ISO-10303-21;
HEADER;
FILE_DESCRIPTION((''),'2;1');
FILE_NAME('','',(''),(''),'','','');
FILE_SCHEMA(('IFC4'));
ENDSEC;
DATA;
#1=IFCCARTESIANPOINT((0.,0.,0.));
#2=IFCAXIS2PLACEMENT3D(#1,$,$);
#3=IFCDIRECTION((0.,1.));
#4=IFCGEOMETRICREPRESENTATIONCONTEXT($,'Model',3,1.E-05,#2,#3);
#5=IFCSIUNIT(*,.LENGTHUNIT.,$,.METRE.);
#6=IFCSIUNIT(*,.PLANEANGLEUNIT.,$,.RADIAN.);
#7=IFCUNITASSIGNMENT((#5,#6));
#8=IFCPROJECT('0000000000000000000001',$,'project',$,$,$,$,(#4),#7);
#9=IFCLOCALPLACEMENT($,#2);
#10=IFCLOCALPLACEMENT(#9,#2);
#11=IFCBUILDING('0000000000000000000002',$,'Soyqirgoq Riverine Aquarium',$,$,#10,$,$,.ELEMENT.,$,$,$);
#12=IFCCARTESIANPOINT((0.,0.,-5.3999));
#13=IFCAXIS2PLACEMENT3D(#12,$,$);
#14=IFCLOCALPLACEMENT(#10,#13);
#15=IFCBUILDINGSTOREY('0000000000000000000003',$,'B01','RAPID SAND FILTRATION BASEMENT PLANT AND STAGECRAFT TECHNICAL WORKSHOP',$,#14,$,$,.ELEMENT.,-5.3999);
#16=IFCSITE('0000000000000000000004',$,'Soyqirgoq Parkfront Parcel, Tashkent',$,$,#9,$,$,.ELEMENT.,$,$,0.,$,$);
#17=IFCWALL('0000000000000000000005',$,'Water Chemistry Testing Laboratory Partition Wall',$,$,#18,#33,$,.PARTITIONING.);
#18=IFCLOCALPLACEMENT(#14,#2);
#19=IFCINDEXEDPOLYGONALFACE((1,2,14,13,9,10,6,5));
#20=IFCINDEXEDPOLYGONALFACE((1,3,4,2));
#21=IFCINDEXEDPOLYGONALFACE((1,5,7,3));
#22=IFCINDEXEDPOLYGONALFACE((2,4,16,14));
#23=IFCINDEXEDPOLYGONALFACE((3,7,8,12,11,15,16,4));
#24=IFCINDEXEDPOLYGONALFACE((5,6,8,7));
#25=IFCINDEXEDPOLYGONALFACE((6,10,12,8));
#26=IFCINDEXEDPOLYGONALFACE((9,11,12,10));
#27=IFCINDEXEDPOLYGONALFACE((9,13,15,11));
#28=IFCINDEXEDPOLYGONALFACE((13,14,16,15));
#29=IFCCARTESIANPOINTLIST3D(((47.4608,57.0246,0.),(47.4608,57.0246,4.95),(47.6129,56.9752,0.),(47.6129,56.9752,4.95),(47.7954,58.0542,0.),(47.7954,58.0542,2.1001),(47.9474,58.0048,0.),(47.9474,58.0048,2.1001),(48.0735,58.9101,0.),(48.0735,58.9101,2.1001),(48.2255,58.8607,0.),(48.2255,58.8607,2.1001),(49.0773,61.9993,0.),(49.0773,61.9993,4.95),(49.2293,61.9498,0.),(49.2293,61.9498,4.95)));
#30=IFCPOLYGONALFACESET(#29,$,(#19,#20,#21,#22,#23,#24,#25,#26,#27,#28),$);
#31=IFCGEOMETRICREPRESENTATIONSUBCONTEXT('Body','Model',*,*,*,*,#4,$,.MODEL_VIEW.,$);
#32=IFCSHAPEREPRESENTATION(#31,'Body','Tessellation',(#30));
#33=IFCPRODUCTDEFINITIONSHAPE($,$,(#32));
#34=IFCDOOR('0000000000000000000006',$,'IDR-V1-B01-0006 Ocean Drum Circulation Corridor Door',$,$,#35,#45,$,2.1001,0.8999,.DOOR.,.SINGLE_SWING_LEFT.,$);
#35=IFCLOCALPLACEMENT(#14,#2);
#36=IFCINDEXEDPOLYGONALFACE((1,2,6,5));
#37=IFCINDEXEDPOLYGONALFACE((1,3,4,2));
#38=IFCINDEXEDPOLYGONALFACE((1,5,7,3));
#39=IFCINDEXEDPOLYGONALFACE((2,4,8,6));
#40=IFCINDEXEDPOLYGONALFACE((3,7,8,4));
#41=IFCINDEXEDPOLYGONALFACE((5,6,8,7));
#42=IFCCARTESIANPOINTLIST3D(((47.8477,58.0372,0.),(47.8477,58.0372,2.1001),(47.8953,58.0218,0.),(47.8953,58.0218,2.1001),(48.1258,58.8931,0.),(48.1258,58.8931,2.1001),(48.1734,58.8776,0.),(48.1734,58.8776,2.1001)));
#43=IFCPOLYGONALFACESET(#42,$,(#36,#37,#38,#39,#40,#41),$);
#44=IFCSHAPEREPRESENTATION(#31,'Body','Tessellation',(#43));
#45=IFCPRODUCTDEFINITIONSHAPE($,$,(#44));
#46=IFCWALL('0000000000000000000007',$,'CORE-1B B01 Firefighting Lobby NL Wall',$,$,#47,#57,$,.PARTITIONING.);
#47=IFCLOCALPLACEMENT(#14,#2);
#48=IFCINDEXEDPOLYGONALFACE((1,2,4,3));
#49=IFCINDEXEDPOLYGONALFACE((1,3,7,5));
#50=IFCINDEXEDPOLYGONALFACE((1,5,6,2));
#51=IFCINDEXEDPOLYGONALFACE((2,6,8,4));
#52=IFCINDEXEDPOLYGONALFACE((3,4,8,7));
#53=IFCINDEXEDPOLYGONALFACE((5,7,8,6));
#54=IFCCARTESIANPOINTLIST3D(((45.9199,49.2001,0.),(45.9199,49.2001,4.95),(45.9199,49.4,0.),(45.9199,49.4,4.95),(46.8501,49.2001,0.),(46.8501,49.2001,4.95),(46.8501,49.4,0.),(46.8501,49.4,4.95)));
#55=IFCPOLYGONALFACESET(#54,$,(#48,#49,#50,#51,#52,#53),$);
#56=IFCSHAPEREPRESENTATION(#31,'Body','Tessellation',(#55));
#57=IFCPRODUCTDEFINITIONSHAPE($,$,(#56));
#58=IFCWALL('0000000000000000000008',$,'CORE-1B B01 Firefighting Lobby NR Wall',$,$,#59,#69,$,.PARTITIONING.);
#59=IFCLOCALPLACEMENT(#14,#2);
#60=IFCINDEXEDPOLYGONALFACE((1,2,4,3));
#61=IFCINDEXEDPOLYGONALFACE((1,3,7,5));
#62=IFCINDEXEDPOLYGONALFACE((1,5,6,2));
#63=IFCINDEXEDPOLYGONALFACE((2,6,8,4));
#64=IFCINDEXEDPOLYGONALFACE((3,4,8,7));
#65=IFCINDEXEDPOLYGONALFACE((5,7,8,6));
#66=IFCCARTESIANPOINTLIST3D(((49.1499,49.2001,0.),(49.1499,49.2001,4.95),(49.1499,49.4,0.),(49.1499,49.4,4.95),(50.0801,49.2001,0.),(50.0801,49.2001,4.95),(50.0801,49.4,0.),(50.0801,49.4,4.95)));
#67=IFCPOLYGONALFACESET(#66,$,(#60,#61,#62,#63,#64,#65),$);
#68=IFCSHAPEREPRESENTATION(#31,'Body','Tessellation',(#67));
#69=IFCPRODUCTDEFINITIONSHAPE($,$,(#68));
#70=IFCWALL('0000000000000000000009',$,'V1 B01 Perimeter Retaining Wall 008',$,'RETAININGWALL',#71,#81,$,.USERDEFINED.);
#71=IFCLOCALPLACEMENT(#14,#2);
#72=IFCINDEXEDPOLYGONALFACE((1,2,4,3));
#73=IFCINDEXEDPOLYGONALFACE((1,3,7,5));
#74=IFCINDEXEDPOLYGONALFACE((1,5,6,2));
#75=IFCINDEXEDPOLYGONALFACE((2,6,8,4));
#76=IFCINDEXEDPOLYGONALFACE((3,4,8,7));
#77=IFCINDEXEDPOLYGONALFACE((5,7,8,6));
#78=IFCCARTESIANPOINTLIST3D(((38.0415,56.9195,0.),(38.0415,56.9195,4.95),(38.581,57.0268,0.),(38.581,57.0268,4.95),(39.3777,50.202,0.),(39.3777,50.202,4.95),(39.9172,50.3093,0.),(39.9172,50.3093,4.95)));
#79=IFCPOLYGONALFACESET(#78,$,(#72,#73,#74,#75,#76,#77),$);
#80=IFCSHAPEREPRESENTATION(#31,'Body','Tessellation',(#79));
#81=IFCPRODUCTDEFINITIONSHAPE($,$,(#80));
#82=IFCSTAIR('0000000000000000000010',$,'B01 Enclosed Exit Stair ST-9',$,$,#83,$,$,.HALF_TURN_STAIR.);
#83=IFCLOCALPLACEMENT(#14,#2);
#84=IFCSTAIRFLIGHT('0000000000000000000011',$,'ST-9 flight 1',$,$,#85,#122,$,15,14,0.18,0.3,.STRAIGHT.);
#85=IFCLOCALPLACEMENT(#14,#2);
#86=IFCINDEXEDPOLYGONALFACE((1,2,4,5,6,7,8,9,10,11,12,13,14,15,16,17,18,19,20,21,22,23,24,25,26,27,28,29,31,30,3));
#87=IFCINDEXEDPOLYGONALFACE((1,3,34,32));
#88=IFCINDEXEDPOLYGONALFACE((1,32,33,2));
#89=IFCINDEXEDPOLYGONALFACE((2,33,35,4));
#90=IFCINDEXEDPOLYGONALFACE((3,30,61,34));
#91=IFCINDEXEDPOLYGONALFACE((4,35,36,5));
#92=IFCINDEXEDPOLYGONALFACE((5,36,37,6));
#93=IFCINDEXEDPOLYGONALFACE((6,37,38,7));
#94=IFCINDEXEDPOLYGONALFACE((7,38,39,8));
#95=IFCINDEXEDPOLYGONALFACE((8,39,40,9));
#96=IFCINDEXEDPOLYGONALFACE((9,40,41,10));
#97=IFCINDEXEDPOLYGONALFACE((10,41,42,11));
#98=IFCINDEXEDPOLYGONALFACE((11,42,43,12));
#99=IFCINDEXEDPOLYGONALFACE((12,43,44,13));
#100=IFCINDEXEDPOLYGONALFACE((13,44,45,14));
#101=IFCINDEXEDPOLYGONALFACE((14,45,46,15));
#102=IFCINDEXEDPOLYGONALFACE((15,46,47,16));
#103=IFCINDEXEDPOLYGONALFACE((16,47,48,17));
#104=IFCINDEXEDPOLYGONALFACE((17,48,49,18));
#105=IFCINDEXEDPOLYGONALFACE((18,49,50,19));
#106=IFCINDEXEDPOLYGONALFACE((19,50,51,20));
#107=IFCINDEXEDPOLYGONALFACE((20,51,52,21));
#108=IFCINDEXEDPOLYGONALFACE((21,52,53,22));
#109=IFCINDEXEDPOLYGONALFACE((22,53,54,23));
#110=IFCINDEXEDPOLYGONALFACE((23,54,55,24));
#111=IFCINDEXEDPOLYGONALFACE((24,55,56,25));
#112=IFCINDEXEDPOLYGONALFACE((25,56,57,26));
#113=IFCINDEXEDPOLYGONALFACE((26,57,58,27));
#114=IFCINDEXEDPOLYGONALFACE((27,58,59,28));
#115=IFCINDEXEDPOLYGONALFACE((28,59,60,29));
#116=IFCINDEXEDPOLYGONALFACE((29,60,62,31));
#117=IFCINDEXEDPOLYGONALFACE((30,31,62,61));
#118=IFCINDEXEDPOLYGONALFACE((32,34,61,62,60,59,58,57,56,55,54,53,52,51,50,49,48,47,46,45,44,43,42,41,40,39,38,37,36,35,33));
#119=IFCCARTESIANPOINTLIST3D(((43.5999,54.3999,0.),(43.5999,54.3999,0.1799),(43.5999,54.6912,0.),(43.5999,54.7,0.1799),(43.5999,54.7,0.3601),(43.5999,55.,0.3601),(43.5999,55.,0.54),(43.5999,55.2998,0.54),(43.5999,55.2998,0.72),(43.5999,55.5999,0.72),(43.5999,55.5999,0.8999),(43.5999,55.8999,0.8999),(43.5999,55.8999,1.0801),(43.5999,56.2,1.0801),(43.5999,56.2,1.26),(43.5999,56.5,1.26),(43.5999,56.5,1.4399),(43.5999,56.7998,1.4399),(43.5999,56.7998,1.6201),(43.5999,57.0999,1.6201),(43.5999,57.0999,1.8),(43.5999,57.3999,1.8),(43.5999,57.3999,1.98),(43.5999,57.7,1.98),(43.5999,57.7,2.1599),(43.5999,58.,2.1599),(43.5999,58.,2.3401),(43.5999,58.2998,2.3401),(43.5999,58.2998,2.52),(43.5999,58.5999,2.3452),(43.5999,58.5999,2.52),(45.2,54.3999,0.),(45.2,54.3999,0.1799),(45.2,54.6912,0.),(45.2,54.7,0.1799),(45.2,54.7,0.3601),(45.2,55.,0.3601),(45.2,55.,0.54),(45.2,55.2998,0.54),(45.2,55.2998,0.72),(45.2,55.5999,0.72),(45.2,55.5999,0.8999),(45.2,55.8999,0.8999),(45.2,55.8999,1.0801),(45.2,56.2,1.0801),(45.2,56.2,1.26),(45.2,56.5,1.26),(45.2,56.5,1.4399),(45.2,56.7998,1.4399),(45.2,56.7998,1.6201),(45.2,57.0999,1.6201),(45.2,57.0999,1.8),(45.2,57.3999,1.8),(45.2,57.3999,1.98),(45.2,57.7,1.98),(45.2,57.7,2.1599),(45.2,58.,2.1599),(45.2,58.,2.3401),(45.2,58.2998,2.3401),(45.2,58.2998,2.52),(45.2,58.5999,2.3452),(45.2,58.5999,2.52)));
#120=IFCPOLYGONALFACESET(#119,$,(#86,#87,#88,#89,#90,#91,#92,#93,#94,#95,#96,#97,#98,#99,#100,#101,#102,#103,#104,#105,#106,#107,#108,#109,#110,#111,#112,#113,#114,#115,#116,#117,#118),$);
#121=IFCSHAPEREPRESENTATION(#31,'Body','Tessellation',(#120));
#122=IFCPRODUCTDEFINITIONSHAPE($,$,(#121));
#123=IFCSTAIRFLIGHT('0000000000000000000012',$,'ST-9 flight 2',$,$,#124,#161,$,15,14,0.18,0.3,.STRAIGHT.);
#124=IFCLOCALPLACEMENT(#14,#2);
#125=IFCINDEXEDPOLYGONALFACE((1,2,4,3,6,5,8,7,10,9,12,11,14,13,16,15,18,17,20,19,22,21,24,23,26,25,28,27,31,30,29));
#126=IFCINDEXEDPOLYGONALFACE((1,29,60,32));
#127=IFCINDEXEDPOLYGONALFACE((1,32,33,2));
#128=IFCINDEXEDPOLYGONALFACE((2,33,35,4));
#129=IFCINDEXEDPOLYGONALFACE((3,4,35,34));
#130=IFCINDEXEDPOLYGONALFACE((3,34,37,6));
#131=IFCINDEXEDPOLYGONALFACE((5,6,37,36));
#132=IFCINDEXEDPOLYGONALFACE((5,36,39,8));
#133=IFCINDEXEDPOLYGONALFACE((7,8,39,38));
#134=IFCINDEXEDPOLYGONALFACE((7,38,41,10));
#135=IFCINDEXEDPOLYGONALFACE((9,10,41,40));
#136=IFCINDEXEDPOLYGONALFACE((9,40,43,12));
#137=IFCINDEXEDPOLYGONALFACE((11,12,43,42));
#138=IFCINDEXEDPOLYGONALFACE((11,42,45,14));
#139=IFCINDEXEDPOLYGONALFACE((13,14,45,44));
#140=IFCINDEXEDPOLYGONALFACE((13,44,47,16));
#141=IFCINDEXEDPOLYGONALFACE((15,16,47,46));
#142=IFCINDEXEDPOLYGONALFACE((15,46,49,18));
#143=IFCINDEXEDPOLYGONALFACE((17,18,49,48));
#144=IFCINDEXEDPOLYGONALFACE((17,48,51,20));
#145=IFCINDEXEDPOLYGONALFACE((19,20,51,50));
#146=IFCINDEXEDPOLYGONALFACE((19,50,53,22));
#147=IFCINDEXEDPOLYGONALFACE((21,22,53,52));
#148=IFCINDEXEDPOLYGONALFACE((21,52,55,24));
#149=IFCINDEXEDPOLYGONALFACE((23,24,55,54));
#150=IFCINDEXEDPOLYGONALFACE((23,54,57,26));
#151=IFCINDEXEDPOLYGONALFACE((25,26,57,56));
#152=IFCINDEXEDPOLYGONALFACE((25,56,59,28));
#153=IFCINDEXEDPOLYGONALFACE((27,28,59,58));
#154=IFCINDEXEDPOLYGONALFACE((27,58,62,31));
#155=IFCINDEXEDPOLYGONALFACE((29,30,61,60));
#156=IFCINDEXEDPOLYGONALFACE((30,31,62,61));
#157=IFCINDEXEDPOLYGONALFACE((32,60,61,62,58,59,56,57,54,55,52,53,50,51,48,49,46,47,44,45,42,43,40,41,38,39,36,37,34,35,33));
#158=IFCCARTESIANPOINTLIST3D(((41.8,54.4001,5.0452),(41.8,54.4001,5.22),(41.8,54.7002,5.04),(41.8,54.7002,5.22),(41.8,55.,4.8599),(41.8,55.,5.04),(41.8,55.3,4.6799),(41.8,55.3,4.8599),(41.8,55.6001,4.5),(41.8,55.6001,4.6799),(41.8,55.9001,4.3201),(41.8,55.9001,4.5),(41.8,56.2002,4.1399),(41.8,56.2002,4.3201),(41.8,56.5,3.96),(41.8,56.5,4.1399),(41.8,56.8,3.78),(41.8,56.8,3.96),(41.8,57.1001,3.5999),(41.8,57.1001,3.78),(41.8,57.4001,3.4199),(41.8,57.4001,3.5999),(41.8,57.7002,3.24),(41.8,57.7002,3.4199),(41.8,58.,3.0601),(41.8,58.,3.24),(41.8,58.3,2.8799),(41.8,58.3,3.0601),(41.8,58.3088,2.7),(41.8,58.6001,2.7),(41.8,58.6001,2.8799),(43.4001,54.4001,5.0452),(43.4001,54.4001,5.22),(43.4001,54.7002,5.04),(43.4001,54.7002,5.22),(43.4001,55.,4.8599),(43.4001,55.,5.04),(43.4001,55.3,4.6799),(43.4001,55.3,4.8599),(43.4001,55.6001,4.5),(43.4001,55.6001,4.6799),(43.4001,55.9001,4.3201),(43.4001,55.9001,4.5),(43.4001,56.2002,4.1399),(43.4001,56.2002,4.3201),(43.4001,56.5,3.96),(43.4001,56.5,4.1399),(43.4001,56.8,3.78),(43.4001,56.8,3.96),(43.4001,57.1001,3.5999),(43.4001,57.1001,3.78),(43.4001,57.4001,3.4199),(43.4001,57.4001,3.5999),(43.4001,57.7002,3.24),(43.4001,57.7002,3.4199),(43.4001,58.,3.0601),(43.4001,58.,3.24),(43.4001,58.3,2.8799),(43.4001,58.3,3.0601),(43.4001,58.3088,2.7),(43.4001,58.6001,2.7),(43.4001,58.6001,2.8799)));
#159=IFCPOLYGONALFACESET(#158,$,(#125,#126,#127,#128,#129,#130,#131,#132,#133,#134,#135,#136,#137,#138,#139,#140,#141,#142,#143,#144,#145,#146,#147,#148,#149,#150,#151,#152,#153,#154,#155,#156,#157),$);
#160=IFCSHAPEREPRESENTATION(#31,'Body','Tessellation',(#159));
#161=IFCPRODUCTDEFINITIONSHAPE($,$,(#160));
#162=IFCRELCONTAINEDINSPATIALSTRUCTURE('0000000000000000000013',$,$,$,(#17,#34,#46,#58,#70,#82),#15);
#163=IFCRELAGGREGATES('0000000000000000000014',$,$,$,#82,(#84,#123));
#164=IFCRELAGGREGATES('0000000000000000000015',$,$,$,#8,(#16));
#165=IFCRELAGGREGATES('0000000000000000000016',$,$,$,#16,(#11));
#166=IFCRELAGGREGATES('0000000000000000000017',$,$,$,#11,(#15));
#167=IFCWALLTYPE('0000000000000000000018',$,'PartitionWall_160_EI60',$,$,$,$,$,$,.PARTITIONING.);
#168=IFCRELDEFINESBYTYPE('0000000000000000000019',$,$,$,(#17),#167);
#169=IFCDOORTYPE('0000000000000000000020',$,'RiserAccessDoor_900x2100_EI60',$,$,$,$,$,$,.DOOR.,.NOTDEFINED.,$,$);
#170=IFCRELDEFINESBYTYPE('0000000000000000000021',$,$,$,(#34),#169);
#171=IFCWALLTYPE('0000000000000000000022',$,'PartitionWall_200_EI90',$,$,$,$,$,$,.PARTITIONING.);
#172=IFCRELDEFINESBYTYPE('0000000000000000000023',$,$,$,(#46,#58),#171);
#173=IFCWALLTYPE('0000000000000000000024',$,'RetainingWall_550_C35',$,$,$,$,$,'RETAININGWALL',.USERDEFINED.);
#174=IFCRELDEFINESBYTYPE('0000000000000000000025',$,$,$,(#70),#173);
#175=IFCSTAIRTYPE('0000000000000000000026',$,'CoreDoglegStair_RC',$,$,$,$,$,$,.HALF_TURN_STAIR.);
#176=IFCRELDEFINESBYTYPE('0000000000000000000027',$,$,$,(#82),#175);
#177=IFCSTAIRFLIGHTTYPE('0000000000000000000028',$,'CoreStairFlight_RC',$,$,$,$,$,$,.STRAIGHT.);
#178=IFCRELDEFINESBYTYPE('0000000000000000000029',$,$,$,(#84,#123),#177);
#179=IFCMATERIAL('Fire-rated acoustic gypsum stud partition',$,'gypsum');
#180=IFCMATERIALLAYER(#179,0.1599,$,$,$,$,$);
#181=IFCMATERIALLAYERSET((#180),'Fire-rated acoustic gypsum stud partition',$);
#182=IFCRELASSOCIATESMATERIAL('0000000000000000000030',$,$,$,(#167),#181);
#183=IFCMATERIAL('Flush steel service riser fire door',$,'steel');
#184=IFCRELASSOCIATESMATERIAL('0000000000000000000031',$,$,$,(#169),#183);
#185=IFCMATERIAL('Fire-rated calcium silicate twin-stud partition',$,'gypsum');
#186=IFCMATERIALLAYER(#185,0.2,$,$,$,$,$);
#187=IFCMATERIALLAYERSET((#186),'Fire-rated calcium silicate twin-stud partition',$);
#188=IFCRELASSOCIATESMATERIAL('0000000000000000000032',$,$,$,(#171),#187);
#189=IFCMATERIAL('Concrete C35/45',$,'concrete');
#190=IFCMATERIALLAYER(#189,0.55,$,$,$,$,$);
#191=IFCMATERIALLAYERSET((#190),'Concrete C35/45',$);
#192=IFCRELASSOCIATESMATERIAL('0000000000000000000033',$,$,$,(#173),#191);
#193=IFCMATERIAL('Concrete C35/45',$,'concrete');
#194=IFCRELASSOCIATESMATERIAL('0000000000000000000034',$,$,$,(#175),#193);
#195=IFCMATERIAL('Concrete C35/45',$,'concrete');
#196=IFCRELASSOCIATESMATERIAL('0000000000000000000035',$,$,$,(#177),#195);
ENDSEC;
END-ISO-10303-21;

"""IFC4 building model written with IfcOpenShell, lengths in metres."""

from ifc_helpers import new_model, si_unit, direction, frame, frame_2d, origin, place, context, subcontext, project, spatial, polyline, rectangle, outline, extrude, material, layer, layer_set, type_object, element, fill, aggregate, save


model = new_model("IFC4")

# Units and contexts
model_context = context("Model", 3, precision=1e-05, world=origin(), true_north=direction((0.0, 1.0)))
body_context = subcontext(model_context, "Body", "Model", "MODEL_VIEW")
ifc_project = project(units=[si_unit("LENGTHUNIT", "METRE"), si_unit("PLANEANGLEUNIT", "RADIAN")], contexts=[model_context])

# Site, building, storey
site_placement = place(None, origin())
site = spatial("IfcSite", under=ifc_project, at=site_placement, Name="Soyqirgoq Parkfront Parcel, Tashkent", CompositionType="ELEMENT", RefElevation=0.0)
building_placement = place(site_placement, origin())
building = spatial("IfcBuilding", under=site, at=building_placement, Name="Soyqirgoq Riverine Aquarium", CompositionType="ELEMENT")
storey_placement = place(building_placement, frame((0.0, 0.0, -5.3999)))
storey = spatial("IfcBuildingStorey", under=building, at=storey_placement, Name="B01", Description="RAPID SAND FILTRATION BASEMENT PLANT AND STAGECRAFT TECHNICAL WORKSHOP", CompositionType="ELEMENT", Elevation=-5.3999)

# Wall, opening, door
ifc_material_1 = material(Name="Fire-rated acoustic gypsum stud partition", Category="gypsum")
ifc_layer_1 = layer(ifc_material_1, 0.1599)
ifc_layer_set_1 = layer_set([ifc_layer_1], Name="Fire-rated acoustic gypsum stud partition")
wall_type_1 = type_object("IfcWallType", Name="PartitionWall_160_EI60", PredefinedType="PARTITIONING", material=ifc_layer_set_1)
wall_1_placement = place(storey_placement, frame((47.5369, 57.0, 0.0), z_axis=(0.0, 0.0, 1.0), x_axis=(0.309035, 0.951051, 0.0)))
wall_1 = element("IfcWall", 1, at=wall_1_placement, inside=storey, type_object=wall_type_1, Name="Water Chemistry Testing Laboratory Partition Wall", PredefinedType="PARTITIONING", context=body_context, shape_type="SweptSolid", body=[
    extrude(rectangle(XDim=5.2307, YDim=0.1599, at=frame_2d((2.6152, 0.0))), origin(), (0.0, 0.0, 1.0), 4.95),
])
opening_1_placement = place(wall_1_placement, frame((1.0825, 0.0, 0.0)))
opening_1 = element("IfcOpeningElement", 2, at=opening_1_placement, cuts=wall_1, PredefinedType="OPENING", context=body_context, shape_type="SweptSolid", body=[
    extrude(rectangle(XDim=0.8999, YDim=2.1001, at=frame_2d((0.45, 1.05))), frame((0.0, 0.0898, 0.0), z_axis=(0.0, -1.0, 0.0), x_axis=(1.0, 0.0, 0.0)), (0.0, 0.0, 1.0), 0.1799),
])
ifc_material_2 = material(Name="Flush steel service riser fire door", Category="steel")
door_type_1 = type_object("IfcDoorType", Name="RiserAccessDoor_900x2100_EI60", OperationType="NOTDEFINED", PredefinedType="DOOR", material=ifc_material_2)
door_1_placement = place(opening_1_placement, origin())
door_1 = element("IfcDoor", 3, at=door_1_placement, inside=storey, type_object=door_type_1, Name="IDR-V1-B01-0006 Ocean Drum Circulation Corridor Door", OperationType="SINGLE_SWING_LEFT", OverallHeight=2.1001, OverallWidth=0.8999, PredefinedType="DOOR", context=body_context, shape_type="SweptSolid", body=[
    extrude(rectangle(XDim=0.8999, YDim=2.1001, at=frame_2d((0.45, 1.05))), frame((0.0, 0.0249, 0.0), z_axis=(0.0, -1.0, 0.0), x_axis=(1.0, 0.0, 0.0)), (0.0, 0.0, 1.0), 0.05),
])
fill(opening_1, door_1)

# Walls
ifc_material_3 = material(Name="Fire-rated calcium silicate twin-stud partition", Category="gypsum")
ifc_layer_2 = layer(ifc_material_3, 0.2)
ifc_layer_set_2 = layer_set([ifc_layer_2], Name="Fire-rated calcium silicate twin-stud partition")
wall_type_2 = type_object("IfcWallType", Name="PartitionWall_200_EI90", PredefinedType="PARTITIONING", material=ifc_layer_set_2)
for number, where, z_axis, x_axis, name in (
    (4, (45.9199, 49.3, 0.0), (0.0, 0.0, 1.0), (1.0, 0.0, 0.0), "CORE-1B B01 Firefighting Lobby NL Wall"),
    (5, (49.1499, 49.3, 0.0), (0.0, 0.0, 1.0), (1.0, 0.0, 0.0), "CORE-1B B01 Firefighting Lobby NR Wall"),
):
    element("IfcWall", number, at=place(storey_placement, frame(where, z_axis=z_axis, x_axis=x_axis)), inside=storey, type_object=wall_type_2, Name=name, PredefinedType="PARTITIONING", context=body_context, shape_type="SweptSolid", body=[
        extrude(rectangle(XDim=0.9302, YDim=0.2, at=frame_2d((0.4651, 0.0))), origin(), (0.0, 0.0, 1.0), 4.95),
    ])
ifc_material_4 = material(Name="Concrete C35/45", Category="concrete")
ifc_layer_3 = layer(ifc_material_4, 0.55)
ifc_layer_set_3 = layer_set([ifc_layer_3], Name="Concrete C35/45")
wall_type_3 = type_object("IfcWallType", Name="RetainingWall_550_C35", ElementType="RETAININGWALL", PredefinedType="USERDEFINED", material=ifc_layer_set_3)
wall_2_placement = place(storey_placement, frame((39.6475, 50.2556, 0.0), z_axis=(0.0, 0.0, 1.0), x_axis=(-0.195088, 0.980786, 0.0)))
element("IfcWall", 6, at=wall_2_placement, inside=storey, type_object=wall_type_3, Name="V1 B01 Perimeter Retaining Wall 008", ObjectType="RETAININGWALL", PredefinedType="USERDEFINED", context=body_context, shape_type="SweptSolid", body=[
    extrude(rectangle(XDim=6.8491, YDim=0.55, at=frame_2d((3.4246, 0.0))), origin(), (0.0, 0.0, 1.0), 4.95),
])

# Stair, stair flights
ifc_material_5 = material(Name="Concrete C35/45", Category="concrete")
stair_type = type_object("IfcStairType", Name="CoreDoglegStair_RC", PredefinedType="HALF_TURN_STAIR", material=ifc_material_5)
stair_placement = place(storey_placement, origin())
stair = element("IfcStair", 7, at=stair_placement, inside=storey, type_object=stair_type, Name="B01 Enclosed Exit Stair ST-9", PredefinedType="HALF_TURN_STAIR")
ifc_material_6 = material(Name="Concrete C35/45", Category="concrete")
stair_flight_type = type_object("IfcStairFlightType", Name="CoreStairFlight_RC", PredefinedType="STRAIGHT", material=ifc_material_6)
stair_flight_1_placement = place(storey_placement, frame((44.3999, 54.3999, 0.0), z_axis=(0.0, 0.0, 1.0), x_axis=(0.0, 1.0, 0.0)))
stair_flight_1 = element("IfcStairFlight", 8, at=stair_flight_1_placement, type_object=stair_flight_type, Name="ST-9 flight 1", NumberOfRisers=15, NumberOfTreads=14, PredefinedType="STRAIGHT", RiserHeight=0.18, TreadLength=0.3, context=body_context, shape_type="SweptSolid", body=[
    extrude(outline(polyline([(0.0, 0.0), (0.0, 0.1799), (0.3, 0.1799), (0.3, 0.3601), (0.6001, 0.3601), (0.6001, 0.54), (0.8999, 0.54), (0.8999, 0.72), (1.2, 0.72), (1.2, 0.8999), (1.5, 0.8999), (1.5, 1.0801), (1.8, 1.0801), (1.8, 1.26), (2.1001, 1.26), (2.1001, 1.4399), (2.3999, 1.4399), (2.3999, 1.6201), (2.7, 1.6201), (2.7, 1.8), (3.0, 1.8), (3.0, 1.98), (3.3, 1.98), (3.3, 2.1599), (3.6001, 2.1599), (3.6001, 2.3401), (3.8999, 2.3401), (3.8999, 2.52), (4.2, 2.52), (4.2, 2.7), (4.2, 2.3452), (0.2913, 0.0), (0.0, 0.0)])), frame((0.0, 0.8, 0.0), z_axis=(0.0, -1.0, 0.0), x_axis=(1.0, 0.0, 0.0)), (0.0, 0.0, 1.0), 1.6001),
])
stair_flight_2_placement = place(storey_placement, frame((42.6001, 58.6001, 2.7), z_axis=(0.0, 0.0, 1.0), x_axis=(0.0, -1.0, 0.0)))
stair_flight_2 = element("IfcStairFlight", 9, at=stair_flight_2_placement, type_object=stair_flight_type, Name="ST-9 flight 2", NumberOfRisers=15, NumberOfTreads=14, PredefinedType="STRAIGHT", RiserHeight=0.18, TreadLength=0.3, context=body_context, shape_type="SweptSolid", body=[
    extrude(outline(polyline([(0.0, 0.0), (0.0, 0.1799), (0.3, 0.1799), (0.3, 0.3601), (0.6001, 0.3601), (0.6001, 0.54), (0.8999, 0.54), (0.8999, 0.72), (1.2, 0.72), (1.2, 0.8999), (1.5, 0.8999), (1.5, 1.0801), (1.8, 1.0801), (1.8, 1.26), (2.1001, 1.26), (2.1001, 1.4399), (2.3999, 1.4399), (2.3999, 1.6201), (2.7, 1.6201), (2.7, 1.8), (3.0, 1.8), (3.0, 1.98), (3.3, 1.98), (3.3, 2.1599), (3.6001, 2.1599), (3.6001, 2.3401), (3.8999, 2.3401), (3.8999, 2.52), (4.2, 2.52), (4.2, 2.7), (4.2, 2.3452), (0.2913, 0.0), (0.0, 0.0)])), frame((0.0, 0.8, 0.0), z_axis=(0.0, -1.0, 0.0), x_axis=(1.0, 0.0, 0.0)), (0.0, 0.0, 1.0), 1.6001),
])
aggregate(stair, [stair_flight_1, stair_flight_2])

save(model, "model.ifc")
